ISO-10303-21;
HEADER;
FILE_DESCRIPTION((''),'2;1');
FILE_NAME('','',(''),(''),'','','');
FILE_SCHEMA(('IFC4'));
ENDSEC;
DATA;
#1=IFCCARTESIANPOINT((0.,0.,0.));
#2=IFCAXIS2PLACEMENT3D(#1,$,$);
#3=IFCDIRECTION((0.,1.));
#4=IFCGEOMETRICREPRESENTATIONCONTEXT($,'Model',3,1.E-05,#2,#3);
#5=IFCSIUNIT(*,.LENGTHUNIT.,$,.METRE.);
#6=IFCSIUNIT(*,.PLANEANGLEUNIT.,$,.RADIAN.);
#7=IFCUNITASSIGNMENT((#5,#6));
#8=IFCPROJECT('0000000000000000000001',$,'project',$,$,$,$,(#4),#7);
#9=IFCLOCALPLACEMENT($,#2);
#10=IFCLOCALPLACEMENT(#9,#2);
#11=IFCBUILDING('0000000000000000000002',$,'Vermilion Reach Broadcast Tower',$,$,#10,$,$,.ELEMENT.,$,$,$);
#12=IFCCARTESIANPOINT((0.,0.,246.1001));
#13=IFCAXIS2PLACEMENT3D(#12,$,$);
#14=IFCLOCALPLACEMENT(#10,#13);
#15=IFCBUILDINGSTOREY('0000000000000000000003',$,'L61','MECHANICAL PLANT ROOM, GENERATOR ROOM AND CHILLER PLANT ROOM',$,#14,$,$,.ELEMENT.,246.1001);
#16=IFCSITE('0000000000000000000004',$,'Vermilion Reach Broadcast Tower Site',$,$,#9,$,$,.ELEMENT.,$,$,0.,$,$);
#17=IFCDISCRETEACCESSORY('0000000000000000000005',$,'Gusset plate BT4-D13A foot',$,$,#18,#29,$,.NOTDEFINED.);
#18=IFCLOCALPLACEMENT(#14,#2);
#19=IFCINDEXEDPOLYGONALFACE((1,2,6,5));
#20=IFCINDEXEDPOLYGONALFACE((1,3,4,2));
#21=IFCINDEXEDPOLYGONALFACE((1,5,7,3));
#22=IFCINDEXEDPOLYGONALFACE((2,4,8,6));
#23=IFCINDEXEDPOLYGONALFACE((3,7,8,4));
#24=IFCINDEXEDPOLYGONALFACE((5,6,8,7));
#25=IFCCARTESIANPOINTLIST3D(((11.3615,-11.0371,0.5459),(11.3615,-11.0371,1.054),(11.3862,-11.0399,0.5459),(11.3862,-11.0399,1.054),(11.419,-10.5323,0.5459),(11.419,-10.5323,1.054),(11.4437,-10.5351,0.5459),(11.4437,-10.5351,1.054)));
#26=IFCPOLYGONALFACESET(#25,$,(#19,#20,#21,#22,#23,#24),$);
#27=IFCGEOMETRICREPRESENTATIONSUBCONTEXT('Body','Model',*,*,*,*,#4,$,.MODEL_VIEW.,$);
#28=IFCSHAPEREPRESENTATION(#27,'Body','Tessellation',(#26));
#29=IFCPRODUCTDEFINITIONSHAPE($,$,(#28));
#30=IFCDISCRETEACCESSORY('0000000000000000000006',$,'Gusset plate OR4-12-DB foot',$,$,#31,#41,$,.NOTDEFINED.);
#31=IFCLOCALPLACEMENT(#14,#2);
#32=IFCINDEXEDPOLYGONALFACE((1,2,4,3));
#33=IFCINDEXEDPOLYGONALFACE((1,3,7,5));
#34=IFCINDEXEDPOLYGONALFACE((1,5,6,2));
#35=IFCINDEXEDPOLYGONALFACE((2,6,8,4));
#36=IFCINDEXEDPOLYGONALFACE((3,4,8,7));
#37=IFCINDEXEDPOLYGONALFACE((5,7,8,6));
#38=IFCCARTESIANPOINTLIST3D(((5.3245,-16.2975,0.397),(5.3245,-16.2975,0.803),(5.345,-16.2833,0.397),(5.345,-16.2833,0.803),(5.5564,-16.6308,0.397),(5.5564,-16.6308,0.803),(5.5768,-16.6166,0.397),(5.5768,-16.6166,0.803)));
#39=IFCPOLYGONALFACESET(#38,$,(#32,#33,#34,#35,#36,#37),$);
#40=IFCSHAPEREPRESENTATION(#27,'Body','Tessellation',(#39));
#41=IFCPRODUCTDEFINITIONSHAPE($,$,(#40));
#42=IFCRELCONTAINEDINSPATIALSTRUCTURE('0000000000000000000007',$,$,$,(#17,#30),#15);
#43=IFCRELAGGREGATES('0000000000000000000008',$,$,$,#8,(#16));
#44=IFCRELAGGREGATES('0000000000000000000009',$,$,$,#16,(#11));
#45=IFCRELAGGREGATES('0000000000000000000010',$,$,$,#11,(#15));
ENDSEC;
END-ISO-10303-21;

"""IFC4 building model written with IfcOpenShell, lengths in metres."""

from ifc_helpers import new_model, si_unit, direction, frame, origin, origin_2d, place, context, subcontext, project, spatial, rectangle, extrude, element, save


model = new_model("IFC4")

# Units and contexts
model_context = context("Model", 3, precision=1e-05, world=origin(), true_north=direction((0.0, 1.0)))
body_context = subcontext(model_context, "Body", "Model", "MODEL_VIEW")
ifc_project = project(units=[si_unit("LENGTHUNIT", "METRE"), si_unit("PLANEANGLEUNIT", "RADIAN")], contexts=[model_context])

# Site, building, storey
site_placement = place(None, origin())
site = spatial("IfcSite", under=ifc_project, at=site_placement, Name="Vermilion Reach Broadcast Tower Site", CompositionType="ELEMENT", RefElevation=0.0)
building_placement = place(site_placement, origin())
building = spatial("IfcBuilding", under=site, at=building_placement, Name="Vermilion Reach Broadcast Tower", CompositionType="ELEMENT")
storey_placement = place(building_placement, frame((0.0, 0.0, 246.1001)))
storey = spatial("IfcBuildingStorey", under=building, at=storey_placement, Name="L61", Description="MECHANICAL PLANT ROOM, GENERATOR ROOM AND CHILLER PLANT ROOM", CompositionType="ELEMENT", Elevation=246.1001)

# Discrete accessories
for number, where, z_axis, x_axis, name in (
    (1, (11.4026, -10.7861, 0.5459), (0.0, 0.0, 1.0), (-0.993569, 0.113229, 0.0), "Gusset plate BT4-D13A foot"),
):
    element("IfcDiscreteAccessory", number, at=place(storey_placement, frame(where, z_axis=z_axis, x_axis=x_axis)), inside=storey, Name=name, PredefinedType="NOTDEFINED", context=body_context, shape_type="SweptSolid", body=[
        extrude(rectangle(XDim=0.0249, YDim=0.5081, at=origin_2d()), origin(), (0.0, 0.0, 1.0), 0.5081),
    ])
discrete_accessory_placement = place(storey_placement, frame((5.4507, -16.457, 0.397), z_axis=(0.0, 0.0, 1.0), x_axis=(0.82085, 0.571143, 0.0)))
element("IfcDiscreteAccessory", 2, at=discrete_accessory_placement, inside=storey, Name="Gusset plate OR4-12-DB foot", PredefinedType="NOTDEFINED", context=body_context, shape_type="SweptSolid", body=[
    extrude(rectangle(XDim=0.0249, YDim=0.406, at=origin_2d()), origin(), (0.0, 0.0, 1.0), 0.406),
])

save(model, "model.ifc")
